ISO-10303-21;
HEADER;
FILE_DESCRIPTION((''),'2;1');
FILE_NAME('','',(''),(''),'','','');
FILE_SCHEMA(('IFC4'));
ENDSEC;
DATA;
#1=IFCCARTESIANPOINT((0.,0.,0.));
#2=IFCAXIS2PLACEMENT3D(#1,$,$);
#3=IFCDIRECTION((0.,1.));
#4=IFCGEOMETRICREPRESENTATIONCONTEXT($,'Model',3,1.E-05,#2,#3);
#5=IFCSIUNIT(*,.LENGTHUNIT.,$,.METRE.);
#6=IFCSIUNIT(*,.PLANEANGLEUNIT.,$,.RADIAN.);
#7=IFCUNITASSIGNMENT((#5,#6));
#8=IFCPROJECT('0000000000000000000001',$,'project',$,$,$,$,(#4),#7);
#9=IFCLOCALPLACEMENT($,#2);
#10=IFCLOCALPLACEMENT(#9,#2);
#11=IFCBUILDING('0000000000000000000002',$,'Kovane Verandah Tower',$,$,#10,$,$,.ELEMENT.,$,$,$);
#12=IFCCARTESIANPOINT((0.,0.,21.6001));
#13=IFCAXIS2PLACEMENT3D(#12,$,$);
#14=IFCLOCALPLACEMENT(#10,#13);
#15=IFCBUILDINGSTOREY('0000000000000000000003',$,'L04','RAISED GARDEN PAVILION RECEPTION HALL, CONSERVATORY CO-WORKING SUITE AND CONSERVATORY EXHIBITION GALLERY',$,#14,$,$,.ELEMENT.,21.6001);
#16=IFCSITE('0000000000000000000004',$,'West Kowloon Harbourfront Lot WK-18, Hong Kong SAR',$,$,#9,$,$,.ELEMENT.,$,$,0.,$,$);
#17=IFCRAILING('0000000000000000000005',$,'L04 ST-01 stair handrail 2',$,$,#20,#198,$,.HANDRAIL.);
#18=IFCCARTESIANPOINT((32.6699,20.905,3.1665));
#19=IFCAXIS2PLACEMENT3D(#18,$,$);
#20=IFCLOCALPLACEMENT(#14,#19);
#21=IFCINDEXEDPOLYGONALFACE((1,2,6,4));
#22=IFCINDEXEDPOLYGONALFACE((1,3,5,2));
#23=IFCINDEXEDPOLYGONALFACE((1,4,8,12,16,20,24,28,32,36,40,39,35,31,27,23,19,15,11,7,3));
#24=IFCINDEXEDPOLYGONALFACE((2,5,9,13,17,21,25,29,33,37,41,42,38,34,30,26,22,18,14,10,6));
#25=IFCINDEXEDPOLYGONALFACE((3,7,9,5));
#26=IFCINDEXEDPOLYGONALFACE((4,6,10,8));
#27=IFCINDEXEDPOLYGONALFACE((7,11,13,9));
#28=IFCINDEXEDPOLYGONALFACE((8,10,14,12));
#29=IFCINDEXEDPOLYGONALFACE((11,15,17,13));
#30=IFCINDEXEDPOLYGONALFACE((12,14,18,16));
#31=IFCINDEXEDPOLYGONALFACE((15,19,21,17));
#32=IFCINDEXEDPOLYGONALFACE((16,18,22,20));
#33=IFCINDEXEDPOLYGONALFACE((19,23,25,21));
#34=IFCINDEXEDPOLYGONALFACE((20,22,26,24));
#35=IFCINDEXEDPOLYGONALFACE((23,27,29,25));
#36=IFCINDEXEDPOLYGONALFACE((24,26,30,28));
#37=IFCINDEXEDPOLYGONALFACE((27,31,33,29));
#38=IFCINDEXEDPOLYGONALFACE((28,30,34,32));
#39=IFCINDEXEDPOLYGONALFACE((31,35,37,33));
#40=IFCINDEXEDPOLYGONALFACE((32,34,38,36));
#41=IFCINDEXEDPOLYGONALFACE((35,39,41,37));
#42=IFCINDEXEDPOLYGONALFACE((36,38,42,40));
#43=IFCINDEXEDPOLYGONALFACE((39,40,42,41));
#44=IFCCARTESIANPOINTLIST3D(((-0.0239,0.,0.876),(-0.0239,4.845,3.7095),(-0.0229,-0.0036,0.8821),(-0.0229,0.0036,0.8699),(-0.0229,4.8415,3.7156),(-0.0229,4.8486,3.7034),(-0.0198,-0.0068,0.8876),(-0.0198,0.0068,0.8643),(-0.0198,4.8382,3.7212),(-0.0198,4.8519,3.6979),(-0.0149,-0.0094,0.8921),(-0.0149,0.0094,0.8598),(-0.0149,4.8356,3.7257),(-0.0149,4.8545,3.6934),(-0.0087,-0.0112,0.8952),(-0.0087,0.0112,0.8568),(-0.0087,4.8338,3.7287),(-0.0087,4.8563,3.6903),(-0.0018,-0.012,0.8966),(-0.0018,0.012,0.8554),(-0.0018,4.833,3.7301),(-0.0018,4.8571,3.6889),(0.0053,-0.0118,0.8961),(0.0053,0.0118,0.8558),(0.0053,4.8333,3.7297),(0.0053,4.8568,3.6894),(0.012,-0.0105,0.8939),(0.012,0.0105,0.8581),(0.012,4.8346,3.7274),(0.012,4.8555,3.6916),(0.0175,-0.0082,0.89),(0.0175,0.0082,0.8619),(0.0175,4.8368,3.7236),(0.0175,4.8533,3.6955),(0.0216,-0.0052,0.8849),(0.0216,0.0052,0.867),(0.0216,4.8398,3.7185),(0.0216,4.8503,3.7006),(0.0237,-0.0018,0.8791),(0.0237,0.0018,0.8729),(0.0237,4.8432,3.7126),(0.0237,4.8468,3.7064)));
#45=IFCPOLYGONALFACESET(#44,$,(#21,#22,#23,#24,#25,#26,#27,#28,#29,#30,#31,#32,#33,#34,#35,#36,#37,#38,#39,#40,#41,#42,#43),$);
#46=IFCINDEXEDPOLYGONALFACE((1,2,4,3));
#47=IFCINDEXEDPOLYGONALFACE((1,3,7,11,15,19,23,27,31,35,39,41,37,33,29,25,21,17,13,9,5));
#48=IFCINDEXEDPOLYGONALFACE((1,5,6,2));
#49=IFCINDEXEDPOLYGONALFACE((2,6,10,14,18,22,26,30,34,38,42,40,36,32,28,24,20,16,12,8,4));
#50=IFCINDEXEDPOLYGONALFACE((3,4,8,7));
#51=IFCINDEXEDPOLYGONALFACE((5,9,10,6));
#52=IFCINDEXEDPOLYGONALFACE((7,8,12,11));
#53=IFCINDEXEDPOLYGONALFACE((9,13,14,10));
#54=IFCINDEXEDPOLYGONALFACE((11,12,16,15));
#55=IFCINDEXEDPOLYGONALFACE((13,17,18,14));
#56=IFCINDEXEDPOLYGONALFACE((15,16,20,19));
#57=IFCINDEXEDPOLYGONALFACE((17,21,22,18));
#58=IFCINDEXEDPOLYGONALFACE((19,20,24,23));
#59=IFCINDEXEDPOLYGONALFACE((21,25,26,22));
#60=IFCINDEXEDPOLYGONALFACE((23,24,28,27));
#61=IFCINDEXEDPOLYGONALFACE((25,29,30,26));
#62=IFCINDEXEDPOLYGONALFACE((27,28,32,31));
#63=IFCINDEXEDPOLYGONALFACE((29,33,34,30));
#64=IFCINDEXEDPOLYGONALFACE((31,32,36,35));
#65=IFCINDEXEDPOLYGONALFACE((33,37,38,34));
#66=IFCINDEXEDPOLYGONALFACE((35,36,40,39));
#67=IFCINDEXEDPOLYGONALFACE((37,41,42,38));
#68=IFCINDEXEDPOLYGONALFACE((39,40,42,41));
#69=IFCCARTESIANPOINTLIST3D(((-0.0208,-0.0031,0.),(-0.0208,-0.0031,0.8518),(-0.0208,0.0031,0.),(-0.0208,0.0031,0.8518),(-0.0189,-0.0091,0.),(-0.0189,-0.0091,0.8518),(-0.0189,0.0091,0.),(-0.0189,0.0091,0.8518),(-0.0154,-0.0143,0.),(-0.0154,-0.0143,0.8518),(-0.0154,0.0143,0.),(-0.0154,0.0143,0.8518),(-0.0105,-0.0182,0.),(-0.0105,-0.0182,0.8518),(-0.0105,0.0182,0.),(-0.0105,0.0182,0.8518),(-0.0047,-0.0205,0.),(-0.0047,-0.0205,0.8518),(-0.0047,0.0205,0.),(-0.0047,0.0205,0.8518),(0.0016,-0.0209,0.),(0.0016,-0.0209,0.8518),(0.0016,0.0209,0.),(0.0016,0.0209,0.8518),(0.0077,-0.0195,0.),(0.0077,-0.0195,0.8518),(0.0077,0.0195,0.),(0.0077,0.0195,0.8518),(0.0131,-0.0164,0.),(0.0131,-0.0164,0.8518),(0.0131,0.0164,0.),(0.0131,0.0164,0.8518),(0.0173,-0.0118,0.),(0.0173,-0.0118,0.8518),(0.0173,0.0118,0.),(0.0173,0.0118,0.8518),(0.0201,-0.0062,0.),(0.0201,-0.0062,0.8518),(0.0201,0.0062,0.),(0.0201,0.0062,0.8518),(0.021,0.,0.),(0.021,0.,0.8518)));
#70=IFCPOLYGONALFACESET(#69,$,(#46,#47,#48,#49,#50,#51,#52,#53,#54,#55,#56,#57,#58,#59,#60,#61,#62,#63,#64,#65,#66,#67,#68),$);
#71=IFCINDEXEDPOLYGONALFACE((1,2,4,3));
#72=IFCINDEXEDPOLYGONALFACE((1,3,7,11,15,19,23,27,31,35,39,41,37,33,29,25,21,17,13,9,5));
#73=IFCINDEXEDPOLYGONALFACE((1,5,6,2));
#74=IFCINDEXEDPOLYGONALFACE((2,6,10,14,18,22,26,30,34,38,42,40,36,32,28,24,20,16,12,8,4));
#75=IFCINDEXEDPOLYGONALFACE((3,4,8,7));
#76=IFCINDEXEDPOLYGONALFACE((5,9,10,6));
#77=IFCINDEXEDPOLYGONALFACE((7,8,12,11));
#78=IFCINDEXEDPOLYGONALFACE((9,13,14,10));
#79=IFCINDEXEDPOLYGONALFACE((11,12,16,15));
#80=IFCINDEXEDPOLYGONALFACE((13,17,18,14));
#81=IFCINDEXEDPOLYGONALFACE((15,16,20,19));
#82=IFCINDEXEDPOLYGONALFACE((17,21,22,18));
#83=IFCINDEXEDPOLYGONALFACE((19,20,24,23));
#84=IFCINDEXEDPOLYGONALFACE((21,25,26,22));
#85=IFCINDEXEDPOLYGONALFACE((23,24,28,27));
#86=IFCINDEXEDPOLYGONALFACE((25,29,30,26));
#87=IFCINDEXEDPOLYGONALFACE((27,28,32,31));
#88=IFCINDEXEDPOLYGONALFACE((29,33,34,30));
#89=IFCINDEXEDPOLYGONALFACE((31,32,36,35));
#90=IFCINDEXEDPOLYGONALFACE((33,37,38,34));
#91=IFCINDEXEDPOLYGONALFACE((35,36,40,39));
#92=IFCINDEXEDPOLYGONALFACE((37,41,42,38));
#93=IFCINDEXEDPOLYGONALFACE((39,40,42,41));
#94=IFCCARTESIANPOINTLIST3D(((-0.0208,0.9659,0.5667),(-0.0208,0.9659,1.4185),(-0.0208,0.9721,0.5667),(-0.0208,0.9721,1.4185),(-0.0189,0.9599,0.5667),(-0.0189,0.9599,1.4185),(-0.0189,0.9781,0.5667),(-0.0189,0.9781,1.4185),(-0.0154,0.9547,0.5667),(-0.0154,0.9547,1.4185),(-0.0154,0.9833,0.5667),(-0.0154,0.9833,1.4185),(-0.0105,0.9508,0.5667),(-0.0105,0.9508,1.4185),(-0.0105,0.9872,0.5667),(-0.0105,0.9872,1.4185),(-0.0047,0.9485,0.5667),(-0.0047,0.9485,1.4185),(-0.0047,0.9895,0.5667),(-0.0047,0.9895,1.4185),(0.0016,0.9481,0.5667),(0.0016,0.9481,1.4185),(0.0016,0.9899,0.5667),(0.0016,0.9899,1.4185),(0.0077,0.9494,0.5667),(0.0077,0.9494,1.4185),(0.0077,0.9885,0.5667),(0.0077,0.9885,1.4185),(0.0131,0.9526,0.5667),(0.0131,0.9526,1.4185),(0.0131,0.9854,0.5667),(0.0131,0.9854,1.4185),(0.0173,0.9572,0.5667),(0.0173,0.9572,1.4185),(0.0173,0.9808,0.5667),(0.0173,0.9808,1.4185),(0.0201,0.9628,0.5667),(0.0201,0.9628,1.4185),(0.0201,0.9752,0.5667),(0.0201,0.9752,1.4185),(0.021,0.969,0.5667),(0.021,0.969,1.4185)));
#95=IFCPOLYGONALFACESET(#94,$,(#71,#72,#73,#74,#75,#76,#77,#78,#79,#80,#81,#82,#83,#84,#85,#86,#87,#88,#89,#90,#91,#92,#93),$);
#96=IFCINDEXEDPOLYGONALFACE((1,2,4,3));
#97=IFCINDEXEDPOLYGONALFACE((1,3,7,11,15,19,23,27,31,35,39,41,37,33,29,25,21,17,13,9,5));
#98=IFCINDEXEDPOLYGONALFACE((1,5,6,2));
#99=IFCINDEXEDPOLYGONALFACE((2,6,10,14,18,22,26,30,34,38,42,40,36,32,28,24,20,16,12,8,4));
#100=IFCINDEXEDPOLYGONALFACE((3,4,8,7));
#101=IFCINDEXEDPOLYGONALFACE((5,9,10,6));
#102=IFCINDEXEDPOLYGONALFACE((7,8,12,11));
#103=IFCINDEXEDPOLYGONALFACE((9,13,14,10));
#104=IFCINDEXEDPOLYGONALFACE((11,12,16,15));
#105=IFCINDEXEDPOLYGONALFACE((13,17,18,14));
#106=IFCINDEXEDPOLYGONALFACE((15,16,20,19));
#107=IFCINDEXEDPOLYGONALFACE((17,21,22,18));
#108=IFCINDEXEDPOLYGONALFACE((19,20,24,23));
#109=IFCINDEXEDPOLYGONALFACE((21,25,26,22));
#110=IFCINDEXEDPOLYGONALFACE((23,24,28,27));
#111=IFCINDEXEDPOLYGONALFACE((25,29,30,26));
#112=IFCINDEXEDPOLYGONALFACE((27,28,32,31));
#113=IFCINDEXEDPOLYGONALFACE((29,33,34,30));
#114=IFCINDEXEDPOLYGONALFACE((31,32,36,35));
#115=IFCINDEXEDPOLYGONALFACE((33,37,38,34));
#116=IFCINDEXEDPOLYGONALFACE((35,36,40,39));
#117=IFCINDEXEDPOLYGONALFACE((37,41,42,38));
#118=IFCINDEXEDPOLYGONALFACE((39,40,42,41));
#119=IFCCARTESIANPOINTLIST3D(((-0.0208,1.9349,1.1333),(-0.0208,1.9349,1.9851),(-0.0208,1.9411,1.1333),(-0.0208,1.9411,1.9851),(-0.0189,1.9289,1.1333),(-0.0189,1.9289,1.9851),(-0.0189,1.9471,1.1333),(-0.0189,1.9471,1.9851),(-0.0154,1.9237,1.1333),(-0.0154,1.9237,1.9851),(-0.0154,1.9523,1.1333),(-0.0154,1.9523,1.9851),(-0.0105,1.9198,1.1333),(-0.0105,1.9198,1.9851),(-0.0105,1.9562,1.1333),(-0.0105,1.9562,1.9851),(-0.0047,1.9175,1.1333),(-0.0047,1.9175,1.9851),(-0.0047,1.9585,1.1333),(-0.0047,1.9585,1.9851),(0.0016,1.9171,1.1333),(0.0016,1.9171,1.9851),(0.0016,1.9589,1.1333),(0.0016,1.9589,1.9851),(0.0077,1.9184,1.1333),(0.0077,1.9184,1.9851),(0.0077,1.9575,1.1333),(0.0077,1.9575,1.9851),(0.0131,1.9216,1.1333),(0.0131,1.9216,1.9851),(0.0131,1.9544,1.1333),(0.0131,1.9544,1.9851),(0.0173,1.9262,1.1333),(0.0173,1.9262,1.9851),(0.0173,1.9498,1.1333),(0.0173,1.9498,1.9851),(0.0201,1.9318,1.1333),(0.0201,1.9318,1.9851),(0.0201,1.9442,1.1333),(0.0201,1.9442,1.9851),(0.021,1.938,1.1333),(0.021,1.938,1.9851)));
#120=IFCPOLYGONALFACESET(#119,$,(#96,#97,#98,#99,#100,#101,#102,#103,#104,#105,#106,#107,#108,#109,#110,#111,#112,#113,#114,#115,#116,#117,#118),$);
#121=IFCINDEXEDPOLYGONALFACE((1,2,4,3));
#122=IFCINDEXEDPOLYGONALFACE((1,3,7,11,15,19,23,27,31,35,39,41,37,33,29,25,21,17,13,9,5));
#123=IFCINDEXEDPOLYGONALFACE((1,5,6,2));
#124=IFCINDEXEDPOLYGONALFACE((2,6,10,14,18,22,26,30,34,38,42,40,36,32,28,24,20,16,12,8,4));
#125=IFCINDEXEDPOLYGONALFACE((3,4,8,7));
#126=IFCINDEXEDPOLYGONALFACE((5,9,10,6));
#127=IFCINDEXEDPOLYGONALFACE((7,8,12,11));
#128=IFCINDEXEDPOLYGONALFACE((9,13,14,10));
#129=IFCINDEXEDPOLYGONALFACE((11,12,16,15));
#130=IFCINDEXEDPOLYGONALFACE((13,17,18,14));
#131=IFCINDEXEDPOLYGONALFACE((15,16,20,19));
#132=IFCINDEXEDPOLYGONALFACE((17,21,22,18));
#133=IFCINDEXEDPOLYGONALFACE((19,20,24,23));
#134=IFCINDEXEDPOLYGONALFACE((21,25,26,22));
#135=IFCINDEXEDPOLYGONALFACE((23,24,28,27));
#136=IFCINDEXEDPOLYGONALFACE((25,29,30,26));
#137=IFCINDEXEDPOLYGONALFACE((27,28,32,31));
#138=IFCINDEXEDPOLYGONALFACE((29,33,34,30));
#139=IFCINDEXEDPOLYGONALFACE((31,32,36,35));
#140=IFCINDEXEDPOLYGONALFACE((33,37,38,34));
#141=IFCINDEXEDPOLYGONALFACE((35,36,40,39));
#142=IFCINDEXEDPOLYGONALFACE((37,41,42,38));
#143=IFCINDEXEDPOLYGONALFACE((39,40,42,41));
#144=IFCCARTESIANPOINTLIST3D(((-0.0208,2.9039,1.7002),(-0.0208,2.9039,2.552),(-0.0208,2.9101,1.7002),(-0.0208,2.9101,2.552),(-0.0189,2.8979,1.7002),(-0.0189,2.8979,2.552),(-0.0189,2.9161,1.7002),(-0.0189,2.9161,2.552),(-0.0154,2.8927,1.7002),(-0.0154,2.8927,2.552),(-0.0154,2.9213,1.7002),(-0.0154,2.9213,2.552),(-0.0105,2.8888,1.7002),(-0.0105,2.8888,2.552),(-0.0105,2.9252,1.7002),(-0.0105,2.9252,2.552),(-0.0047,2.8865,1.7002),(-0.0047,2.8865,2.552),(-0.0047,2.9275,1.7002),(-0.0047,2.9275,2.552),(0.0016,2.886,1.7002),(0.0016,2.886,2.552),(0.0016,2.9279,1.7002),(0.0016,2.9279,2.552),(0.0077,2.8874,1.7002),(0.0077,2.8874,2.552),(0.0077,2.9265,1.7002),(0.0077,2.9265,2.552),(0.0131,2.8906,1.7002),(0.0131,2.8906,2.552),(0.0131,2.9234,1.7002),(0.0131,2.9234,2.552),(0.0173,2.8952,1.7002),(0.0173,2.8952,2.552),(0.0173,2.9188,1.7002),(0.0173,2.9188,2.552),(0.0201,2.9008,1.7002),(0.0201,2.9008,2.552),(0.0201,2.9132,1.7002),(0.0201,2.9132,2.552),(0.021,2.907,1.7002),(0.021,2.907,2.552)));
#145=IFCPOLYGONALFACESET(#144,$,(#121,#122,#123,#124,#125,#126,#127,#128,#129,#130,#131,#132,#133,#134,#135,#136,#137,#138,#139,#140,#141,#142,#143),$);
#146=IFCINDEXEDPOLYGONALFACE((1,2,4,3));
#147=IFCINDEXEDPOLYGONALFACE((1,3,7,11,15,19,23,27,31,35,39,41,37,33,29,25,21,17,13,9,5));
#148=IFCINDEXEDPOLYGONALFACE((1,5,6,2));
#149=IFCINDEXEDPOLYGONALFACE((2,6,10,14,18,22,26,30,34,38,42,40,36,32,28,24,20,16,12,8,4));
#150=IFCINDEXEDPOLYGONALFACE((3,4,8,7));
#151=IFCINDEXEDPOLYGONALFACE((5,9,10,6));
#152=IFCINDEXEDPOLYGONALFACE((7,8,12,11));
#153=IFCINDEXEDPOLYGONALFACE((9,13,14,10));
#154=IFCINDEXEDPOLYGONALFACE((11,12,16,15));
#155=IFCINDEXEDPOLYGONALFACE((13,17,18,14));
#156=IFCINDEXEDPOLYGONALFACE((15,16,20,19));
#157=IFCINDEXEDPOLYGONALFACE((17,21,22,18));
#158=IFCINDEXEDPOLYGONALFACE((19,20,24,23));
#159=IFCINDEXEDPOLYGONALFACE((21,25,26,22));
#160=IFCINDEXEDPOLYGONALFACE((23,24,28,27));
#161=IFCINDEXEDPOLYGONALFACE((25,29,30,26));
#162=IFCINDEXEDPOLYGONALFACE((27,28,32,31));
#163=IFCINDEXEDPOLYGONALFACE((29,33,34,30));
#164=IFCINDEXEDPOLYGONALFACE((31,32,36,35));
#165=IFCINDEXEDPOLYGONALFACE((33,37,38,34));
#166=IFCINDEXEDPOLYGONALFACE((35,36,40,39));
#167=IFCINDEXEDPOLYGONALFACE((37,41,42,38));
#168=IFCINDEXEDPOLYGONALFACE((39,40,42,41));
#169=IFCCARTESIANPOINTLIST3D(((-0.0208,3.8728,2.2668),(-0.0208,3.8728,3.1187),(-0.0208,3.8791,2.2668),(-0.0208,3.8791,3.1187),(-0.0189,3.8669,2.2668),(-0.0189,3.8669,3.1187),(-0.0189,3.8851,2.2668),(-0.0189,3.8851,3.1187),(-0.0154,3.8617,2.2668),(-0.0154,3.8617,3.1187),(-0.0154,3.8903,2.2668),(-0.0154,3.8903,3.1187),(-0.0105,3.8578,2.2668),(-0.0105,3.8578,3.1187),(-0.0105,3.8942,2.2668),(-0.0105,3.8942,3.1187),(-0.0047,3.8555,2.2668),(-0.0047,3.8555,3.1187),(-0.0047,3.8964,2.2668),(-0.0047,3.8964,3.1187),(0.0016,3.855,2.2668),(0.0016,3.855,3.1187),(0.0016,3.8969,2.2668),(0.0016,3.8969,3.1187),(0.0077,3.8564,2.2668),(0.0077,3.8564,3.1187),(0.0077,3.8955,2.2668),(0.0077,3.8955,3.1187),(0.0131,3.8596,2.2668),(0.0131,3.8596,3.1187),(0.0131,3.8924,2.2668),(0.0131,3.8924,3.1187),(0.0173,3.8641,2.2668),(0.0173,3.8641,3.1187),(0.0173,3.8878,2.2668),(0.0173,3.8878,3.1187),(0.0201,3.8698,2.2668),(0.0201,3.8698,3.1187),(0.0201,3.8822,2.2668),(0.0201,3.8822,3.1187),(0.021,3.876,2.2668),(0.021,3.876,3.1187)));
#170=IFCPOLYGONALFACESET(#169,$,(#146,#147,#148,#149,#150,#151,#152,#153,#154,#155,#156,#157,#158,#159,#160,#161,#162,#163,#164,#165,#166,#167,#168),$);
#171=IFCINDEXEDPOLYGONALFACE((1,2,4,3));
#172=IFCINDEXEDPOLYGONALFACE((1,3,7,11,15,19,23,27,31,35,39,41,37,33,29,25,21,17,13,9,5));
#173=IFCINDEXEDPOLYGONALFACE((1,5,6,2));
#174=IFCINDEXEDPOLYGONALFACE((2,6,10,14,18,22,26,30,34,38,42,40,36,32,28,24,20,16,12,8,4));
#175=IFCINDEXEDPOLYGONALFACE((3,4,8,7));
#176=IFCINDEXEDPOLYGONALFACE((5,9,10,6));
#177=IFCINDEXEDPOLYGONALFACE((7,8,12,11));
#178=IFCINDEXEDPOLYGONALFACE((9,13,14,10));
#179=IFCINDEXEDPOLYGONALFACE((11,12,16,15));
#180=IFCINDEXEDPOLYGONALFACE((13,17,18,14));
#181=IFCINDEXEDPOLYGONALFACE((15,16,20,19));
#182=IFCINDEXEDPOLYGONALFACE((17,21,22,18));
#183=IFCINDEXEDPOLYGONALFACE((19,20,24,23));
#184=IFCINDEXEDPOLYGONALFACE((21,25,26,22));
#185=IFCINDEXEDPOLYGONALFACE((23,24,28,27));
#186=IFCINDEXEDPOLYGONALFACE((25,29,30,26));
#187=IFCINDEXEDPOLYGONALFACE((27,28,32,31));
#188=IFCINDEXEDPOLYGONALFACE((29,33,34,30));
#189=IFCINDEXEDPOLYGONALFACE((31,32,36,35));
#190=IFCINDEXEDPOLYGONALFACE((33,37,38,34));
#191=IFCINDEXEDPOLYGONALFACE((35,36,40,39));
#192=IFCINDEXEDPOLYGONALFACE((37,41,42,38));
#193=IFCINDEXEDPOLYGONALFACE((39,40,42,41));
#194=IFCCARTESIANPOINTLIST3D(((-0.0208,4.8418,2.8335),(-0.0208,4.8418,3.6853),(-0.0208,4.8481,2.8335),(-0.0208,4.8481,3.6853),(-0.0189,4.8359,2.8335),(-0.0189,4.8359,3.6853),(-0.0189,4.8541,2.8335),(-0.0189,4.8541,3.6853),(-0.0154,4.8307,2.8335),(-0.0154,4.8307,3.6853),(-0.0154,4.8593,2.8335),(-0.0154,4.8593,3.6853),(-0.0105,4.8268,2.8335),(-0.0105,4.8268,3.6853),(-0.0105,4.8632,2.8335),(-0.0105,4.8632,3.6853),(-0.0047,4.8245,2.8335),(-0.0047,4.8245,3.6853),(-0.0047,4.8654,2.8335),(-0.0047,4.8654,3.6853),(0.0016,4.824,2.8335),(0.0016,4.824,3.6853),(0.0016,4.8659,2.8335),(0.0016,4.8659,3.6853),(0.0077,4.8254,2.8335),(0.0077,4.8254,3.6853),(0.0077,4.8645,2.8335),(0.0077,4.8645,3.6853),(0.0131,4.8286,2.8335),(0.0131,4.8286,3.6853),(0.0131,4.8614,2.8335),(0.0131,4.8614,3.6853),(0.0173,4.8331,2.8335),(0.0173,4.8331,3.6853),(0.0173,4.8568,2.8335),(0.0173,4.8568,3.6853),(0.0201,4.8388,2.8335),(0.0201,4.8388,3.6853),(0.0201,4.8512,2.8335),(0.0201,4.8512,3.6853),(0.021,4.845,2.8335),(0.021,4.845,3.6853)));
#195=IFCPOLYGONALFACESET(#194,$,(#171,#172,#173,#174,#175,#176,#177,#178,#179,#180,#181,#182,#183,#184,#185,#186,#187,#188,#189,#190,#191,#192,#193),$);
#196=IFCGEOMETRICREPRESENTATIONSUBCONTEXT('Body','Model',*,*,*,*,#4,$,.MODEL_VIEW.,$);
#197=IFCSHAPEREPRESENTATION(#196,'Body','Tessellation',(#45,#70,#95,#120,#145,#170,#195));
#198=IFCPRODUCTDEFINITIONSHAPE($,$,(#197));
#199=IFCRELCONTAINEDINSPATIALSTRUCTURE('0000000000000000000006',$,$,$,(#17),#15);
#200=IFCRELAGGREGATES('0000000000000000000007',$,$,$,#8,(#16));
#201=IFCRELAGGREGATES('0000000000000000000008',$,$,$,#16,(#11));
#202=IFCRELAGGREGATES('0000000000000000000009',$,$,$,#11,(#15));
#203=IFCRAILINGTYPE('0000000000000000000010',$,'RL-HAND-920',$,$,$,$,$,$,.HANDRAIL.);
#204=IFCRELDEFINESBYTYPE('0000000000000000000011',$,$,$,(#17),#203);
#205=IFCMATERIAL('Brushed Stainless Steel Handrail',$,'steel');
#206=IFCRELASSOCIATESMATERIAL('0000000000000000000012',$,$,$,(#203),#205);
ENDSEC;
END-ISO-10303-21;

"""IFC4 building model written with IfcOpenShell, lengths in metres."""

from ifc_helpers import new_model, si_unit, direction, frame, origin, origin_2d, place, context, subcontext, project, spatial, circle, extrude, material, type_object, element, save


model = new_model("IFC4")

# Units and contexts
model_context = context("Model", 3, precision=1e-05, world=origin(), true_north=direction((0.0, 1.0)))
body_context = subcontext(model_context, "Body", "Model", "MODEL_VIEW")
ifc_project = project(units=[si_unit("LENGTHUNIT", "METRE"), si_unit("PLANEANGLEUNIT", "RADIAN")], contexts=[model_context])

# Site, building, storey
site_placement = place(None, origin())
site = spatial("IfcSite", under=ifc_project, at=site_placement, Name="West Kowloon Harbourfront Lot WK-18, Hong Kong SAR", CompositionType="ELEMENT", RefElevation=0.0)
building_placement = place(site_placement, origin())
building = spatial("IfcBuilding", under=site, at=building_placement, Name="Kovane Verandah Tower", CompositionType="ELEMENT")
storey_placement = place(building_placement, frame((0.0, 0.0, 21.6001)))
storey = spatial("IfcBuildingStorey", under=building, at=storey_placement, Name="L04", Description="RAISED GARDEN PAVILION RECEPTION HALL, CONSERVATORY CO-WORKING SUITE AND CONSERVATORY EXHIBITION GALLERY", CompositionType="ELEMENT", Elevation=21.6001)

# Railing
ifc_material_1 = material(Name="Brushed Stainless Steel Handrail", Category="steel")
railing_type_1 = type_object("IfcRailingType", Name="RL-HAND-920", PredefinedType="HANDRAIL", material=ifc_material_1)
railing_1_placement = place(storey_placement, frame((32.6699, 20.905, 3.1665)))
element("IfcRailing", 1, at=railing_1_placement, inside=storey, type_object=railing_type_1, Name="L04 ST-01 stair handrail 2", PredefinedType="HANDRAIL", context=body_context, shape_type="SweptSolid", body=[
    extrude(circle(Radius=0.0239, at=origin_2d()), frame((0.0, 0.0, 0.876), z_axis=(0.0, 0.863215, 0.504836), x_axis=(-1.0, 0.0, 0.0)), (0.0, 0.0, 1.0), 5.6128),
    extrude(circle(Radius=0.021, at=origin_2d()), origin(), (0.0, 0.0, 1.0), 0.8518),
    extrude(circle(Radius=0.021, at=origin_2d()), frame((0.0, 0.969, 0.5667)), (0.0, 0.0, 1.0), 0.8518),
    extrude(circle(Radius=0.021, at=origin_2d()), frame((0.0, 1.938, 1.1333)), (0.0, 0.0, 1.0), 0.8518),
    extrude(circle(Radius=0.021, at=origin_2d()), frame((0.0, 2.907, 1.7002)), (0.0, 0.0, 1.0), 0.8518),
    extrude(circle(Radius=0.021, at=origin_2d()), frame((0.0, 3.876, 2.2668)), (0.0, 0.0, 1.0), 0.8518),
    extrude(circle(Radius=0.021, at=origin_2d()), frame((0.0, 4.845, 2.8335)), (0.0, 0.0, 1.0), 0.8518),
])

save(model, "model.ifc")
